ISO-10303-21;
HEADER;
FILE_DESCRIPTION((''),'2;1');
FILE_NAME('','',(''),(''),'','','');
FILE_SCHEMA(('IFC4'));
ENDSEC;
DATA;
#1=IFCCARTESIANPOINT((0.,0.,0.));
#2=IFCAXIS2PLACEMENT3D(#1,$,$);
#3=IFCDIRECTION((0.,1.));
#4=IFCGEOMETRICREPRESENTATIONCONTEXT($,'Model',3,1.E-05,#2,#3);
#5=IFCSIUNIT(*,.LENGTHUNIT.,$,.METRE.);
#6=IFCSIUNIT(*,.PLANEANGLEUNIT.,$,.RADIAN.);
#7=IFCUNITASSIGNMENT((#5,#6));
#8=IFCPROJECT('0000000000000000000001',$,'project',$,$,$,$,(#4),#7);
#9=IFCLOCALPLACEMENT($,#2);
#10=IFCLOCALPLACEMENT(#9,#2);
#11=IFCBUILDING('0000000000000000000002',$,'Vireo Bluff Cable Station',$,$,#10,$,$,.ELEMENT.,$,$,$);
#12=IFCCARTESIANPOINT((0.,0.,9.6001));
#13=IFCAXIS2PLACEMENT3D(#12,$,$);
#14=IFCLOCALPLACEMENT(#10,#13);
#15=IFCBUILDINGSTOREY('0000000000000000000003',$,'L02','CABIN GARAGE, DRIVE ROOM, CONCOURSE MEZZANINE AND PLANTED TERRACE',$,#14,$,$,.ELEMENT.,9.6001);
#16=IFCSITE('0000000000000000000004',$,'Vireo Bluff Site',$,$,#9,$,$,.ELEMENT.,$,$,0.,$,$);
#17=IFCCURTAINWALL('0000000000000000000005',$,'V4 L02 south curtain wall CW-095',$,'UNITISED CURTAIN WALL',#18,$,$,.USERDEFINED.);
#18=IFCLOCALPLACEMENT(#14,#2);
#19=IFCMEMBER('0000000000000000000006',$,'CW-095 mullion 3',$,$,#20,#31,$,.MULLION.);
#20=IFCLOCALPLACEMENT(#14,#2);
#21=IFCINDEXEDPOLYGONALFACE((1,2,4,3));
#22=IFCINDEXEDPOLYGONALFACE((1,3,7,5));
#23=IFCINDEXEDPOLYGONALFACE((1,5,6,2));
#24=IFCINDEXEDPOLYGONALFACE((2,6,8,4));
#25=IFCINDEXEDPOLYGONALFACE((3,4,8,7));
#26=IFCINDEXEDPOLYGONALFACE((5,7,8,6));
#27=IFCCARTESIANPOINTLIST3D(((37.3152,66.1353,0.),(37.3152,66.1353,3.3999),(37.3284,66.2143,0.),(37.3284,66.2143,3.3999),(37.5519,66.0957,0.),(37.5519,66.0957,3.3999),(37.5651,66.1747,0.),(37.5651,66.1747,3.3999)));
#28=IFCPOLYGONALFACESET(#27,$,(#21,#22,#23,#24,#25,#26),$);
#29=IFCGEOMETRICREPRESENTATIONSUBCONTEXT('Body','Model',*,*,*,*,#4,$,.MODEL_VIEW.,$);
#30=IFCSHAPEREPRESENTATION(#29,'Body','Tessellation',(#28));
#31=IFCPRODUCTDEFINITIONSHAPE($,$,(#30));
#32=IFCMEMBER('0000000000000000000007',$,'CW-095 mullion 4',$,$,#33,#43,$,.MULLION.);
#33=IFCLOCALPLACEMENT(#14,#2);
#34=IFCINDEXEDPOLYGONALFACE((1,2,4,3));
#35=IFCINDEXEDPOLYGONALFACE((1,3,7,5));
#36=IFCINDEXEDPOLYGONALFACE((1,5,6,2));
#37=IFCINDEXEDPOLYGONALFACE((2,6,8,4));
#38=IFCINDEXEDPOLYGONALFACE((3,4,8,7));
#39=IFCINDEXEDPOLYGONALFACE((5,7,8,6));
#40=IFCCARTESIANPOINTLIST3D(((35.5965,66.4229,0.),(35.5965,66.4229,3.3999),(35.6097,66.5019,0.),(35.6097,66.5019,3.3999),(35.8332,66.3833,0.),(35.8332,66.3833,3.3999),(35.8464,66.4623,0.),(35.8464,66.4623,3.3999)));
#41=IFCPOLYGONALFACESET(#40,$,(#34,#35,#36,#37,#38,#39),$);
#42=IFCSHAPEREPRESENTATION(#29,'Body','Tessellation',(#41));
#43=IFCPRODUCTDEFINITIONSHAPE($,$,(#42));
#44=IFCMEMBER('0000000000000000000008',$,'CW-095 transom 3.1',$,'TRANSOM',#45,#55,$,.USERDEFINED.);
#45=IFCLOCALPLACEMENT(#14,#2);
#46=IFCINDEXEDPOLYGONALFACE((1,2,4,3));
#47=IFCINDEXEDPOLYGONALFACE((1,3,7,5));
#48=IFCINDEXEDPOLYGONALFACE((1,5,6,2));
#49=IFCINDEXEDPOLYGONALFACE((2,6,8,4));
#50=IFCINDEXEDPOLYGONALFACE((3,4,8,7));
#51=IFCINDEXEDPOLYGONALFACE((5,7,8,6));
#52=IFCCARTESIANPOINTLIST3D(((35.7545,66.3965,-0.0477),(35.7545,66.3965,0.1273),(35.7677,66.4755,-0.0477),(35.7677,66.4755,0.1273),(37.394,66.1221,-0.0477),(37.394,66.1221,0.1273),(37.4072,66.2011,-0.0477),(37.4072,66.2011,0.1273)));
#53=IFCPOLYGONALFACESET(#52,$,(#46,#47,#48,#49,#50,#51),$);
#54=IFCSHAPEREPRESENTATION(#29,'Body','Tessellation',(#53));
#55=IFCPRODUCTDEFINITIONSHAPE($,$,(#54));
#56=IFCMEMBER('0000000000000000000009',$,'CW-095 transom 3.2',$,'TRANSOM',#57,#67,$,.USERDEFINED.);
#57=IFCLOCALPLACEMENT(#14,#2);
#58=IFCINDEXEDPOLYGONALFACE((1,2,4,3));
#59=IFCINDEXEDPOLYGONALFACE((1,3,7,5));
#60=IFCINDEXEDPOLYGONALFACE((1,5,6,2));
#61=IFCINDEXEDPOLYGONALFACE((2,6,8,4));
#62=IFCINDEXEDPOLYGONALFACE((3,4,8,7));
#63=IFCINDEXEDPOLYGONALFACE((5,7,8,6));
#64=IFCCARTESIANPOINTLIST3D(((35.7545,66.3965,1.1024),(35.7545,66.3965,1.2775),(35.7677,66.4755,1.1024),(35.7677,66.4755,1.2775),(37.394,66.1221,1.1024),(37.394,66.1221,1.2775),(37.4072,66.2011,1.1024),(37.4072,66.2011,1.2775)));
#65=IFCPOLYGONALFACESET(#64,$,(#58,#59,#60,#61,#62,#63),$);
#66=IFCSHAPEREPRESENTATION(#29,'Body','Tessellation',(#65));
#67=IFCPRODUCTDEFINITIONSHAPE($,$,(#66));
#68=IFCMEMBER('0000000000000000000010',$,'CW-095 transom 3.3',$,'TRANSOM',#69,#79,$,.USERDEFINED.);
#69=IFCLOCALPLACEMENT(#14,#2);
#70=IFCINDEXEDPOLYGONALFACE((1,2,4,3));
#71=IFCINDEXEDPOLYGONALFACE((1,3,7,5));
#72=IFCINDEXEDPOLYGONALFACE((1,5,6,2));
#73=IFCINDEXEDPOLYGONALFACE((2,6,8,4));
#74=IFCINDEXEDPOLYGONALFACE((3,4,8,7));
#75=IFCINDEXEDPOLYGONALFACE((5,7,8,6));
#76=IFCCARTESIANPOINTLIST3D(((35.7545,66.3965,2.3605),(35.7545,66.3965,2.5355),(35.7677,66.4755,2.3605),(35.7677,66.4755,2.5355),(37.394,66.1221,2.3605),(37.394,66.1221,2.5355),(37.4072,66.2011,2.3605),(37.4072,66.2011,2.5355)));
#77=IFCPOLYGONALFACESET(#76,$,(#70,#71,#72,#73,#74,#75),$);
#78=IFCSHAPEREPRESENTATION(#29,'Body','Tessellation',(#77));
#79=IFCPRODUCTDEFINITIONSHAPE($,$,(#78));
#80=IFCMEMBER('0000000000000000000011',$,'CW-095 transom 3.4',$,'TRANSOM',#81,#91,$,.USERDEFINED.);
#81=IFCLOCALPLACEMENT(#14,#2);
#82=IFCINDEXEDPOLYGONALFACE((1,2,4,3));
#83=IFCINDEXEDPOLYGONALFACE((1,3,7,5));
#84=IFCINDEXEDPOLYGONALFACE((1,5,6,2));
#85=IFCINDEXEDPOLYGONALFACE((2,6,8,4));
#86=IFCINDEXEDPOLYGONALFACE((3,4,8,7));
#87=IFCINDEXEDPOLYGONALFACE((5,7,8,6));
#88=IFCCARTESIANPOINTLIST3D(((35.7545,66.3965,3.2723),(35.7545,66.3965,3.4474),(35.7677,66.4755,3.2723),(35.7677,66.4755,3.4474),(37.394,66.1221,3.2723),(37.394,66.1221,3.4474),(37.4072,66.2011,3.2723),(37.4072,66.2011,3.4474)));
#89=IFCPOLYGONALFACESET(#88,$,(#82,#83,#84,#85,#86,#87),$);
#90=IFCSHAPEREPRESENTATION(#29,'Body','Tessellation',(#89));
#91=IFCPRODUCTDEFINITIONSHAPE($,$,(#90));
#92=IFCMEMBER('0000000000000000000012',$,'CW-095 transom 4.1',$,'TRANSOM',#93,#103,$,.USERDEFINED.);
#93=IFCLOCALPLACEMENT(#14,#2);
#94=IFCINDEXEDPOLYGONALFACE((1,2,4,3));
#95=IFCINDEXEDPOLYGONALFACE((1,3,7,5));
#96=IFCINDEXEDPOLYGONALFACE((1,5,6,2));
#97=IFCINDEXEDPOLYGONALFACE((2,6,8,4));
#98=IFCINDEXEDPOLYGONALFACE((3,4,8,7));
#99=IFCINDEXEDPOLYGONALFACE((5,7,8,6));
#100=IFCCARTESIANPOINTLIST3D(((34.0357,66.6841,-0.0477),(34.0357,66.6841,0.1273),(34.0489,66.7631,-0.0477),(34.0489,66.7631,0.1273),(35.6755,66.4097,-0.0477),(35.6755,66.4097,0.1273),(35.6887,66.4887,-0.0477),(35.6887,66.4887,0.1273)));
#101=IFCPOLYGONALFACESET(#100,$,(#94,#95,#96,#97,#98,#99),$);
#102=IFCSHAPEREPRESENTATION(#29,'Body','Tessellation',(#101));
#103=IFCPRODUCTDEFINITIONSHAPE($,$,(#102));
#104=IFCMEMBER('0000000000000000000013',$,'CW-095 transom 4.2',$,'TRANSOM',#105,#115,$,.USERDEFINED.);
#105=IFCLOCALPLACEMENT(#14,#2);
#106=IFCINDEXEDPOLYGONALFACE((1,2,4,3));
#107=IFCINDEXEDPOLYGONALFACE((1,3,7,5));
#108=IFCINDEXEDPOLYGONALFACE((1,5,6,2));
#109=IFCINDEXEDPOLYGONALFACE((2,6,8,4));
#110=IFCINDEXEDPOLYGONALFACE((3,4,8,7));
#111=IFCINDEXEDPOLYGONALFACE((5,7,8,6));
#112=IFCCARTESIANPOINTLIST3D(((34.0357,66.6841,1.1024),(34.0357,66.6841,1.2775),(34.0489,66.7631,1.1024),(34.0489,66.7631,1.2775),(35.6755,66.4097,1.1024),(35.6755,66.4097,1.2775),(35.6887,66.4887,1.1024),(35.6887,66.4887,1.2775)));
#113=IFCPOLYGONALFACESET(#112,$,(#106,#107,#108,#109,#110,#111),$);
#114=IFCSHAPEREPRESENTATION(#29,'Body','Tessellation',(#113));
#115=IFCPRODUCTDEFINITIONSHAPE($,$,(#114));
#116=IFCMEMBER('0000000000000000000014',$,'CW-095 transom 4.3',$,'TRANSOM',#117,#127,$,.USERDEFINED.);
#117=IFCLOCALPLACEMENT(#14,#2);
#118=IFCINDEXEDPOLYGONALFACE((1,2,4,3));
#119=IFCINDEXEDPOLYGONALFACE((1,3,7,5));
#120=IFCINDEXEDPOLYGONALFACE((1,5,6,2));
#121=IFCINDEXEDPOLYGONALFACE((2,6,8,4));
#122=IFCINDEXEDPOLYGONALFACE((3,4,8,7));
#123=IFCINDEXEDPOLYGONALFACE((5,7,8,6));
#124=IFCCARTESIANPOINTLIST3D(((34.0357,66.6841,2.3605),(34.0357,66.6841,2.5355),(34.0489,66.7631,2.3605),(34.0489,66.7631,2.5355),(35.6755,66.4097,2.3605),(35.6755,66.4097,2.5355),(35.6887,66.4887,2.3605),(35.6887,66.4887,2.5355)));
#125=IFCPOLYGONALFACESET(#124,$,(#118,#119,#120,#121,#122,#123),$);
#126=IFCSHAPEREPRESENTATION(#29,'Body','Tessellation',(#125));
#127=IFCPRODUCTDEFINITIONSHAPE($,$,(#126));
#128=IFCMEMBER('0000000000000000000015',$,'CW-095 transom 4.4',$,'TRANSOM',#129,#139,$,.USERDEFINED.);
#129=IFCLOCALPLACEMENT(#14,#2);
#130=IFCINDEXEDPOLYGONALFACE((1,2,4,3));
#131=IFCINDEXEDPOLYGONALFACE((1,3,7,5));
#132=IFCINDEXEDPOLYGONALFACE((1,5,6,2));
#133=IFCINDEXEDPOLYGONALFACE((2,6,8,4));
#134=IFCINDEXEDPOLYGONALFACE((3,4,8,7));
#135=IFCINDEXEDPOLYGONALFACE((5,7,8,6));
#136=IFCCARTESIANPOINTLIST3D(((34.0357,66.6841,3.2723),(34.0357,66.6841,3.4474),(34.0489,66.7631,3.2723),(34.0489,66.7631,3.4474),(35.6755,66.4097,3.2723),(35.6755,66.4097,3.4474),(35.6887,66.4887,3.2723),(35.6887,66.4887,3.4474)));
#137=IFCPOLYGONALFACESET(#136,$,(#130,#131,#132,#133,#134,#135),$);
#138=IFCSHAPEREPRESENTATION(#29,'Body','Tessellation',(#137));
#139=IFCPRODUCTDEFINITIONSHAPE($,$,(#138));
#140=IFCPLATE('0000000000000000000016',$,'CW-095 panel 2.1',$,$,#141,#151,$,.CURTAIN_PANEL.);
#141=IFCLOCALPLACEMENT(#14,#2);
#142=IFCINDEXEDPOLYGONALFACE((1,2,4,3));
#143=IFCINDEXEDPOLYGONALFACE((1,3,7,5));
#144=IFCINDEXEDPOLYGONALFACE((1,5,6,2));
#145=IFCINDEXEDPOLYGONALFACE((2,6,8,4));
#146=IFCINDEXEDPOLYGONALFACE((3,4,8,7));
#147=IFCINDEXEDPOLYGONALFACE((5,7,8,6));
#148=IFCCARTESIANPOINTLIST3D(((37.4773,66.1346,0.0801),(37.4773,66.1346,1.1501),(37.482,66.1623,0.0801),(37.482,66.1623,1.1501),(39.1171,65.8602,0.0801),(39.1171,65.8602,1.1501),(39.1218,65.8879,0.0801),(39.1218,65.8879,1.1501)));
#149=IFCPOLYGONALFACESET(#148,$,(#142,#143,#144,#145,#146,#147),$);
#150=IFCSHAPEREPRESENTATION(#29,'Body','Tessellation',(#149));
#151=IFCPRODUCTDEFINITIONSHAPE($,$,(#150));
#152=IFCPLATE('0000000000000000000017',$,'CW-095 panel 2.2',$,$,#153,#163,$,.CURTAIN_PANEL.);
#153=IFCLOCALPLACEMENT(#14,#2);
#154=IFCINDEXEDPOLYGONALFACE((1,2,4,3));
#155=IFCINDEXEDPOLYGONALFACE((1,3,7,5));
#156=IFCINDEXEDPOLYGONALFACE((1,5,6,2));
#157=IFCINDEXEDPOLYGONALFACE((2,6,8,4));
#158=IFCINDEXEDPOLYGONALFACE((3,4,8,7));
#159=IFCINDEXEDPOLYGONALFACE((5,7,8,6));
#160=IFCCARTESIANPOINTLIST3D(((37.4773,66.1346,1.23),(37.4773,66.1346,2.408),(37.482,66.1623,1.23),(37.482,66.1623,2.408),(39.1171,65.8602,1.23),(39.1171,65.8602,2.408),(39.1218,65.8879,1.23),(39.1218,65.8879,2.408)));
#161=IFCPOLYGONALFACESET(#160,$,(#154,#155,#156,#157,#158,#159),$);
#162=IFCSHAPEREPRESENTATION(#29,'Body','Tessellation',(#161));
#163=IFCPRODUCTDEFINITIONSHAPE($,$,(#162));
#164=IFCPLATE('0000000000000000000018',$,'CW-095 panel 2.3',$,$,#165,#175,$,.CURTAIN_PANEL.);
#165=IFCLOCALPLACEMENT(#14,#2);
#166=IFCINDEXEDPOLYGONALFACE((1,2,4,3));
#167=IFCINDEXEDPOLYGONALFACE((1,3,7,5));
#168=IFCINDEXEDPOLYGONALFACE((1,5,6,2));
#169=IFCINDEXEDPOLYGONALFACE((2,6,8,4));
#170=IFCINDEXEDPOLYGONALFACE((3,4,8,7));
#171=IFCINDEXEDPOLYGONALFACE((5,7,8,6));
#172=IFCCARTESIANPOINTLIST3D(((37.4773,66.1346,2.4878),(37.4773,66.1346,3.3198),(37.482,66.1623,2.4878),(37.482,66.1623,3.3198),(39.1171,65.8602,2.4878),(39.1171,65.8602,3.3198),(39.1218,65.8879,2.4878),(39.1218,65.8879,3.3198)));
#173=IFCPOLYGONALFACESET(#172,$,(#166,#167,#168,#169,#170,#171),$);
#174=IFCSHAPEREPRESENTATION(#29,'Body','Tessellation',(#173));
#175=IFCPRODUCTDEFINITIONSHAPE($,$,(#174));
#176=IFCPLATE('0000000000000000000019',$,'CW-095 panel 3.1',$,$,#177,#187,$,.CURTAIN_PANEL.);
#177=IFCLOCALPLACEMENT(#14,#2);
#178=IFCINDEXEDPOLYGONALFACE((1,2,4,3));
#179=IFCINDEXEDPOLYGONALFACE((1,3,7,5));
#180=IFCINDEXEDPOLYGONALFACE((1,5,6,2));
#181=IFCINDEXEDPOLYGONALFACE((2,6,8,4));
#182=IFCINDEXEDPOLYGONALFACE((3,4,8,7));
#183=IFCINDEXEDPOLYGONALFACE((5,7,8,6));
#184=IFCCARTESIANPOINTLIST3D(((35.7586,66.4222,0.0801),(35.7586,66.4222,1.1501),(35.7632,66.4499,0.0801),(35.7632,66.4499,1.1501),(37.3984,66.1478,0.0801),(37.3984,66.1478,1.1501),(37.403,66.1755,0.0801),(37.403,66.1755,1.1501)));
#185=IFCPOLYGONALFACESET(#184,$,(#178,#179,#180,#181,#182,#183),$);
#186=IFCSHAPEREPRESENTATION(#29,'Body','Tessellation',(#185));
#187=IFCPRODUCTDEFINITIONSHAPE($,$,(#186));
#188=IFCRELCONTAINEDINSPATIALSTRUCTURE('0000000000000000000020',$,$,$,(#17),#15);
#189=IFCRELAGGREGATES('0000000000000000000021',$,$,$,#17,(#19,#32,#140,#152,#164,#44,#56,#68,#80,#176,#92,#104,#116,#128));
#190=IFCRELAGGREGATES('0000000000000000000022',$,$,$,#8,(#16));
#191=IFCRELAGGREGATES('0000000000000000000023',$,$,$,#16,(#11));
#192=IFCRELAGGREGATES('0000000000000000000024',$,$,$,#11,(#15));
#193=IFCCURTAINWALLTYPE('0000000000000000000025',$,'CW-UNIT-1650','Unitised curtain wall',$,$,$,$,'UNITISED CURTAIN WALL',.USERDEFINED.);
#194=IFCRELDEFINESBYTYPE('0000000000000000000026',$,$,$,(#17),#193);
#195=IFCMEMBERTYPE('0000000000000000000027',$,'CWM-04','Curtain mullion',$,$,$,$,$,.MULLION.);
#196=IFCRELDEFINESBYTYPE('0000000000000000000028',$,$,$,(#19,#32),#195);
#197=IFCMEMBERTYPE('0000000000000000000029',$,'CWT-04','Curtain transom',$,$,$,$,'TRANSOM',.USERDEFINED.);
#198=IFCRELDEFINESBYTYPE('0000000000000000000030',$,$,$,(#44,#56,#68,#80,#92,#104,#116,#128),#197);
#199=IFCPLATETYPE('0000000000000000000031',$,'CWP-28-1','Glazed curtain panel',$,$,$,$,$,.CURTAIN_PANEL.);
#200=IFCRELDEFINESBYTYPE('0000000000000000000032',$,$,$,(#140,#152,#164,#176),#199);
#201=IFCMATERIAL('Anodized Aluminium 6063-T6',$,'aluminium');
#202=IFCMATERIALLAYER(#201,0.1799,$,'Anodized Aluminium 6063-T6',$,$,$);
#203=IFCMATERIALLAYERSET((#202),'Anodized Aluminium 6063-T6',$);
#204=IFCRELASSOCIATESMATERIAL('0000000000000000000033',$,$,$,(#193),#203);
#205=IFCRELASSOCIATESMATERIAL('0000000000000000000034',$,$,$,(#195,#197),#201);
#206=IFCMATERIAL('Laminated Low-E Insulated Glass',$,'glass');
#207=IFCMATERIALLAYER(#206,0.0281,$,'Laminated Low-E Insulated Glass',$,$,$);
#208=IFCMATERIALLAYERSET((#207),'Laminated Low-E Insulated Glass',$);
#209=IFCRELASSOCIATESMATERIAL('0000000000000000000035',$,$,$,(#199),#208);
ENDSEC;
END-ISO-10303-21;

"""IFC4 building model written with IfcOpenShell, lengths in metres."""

from ifc_helpers import new_model, si_unit, direction, frame, origin, origin_2d, place, context, subcontext, project, spatial, rectangle, extrude, material, layer, layer_set, material_profile, profile_set, type_object, element, aggregate, save


model = new_model("IFC4")

# Units and contexts
model_context = context("Model", 3, precision=1e-05, world=origin(), true_north=direction((0.0, 1.0)))
body_context = subcontext(model_context, "Body", "Model", "MODEL_VIEW")
ifc_project = project(units=[si_unit("LENGTHUNIT", "METRE"), si_unit("PLANEANGLEUNIT", "RADIAN")], contexts=[model_context])

# Site, building, storey
site_placement = place(None, origin())
site = spatial("IfcSite", under=ifc_project, at=site_placement, Name="Vireo Bluff Site", CompositionType="ELEMENT", RefElevation=0.0)
building_placement = place(site_placement, origin())
building = spatial("IfcBuilding", under=site, at=building_placement, Name="Vireo Bluff Cable Station", CompositionType="ELEMENT")
storey_placement = place(building_placement, frame((0.0, 0.0, 9.6001)))
storey = spatial("IfcBuildingStorey", under=building, at=storey_placement, Name="L02", Description="CABIN GARAGE, DRIVE ROOM, CONCOURSE MEZZANINE AND PLANTED TERRACE", CompositionType="ELEMENT", Elevation=9.6001)

# Curtain wall, members, plates
ifc_material_1 = material(Name="Anodized Aluminium 6063-T6", Category="aluminium")
ifc_layer_1 = layer(ifc_material_1, 0.1799, Name="Anodized Aluminium 6063-T6")
ifc_layer_set_1 = layer_set([ifc_layer_1], Name="Anodized Aluminium 6063-T6")
curtain_wall_type = type_object("IfcCurtainWallType", Name="CW-UNIT-1650", Description="Unitised curtain wall", ElementType="UNITISED CURTAIN WALL", PredefinedType="USERDEFINED", material=ifc_layer_set_1)
curtain_wall_placement = place(storey_placement, origin())
curtain_wall = element("IfcCurtainWall", 1, at=curtain_wall_placement, inside=storey, type_object=curtain_wall_type, Name="V4 L02 south curtain wall CW-095", ObjectType="UNITISED CURTAIN WALL", PredefinedType="USERDEFINED")
ifc_material_profile_1 = material_profile(ifc_material_1, rectangle(XDim=0.0801, YDim=0.24, at=origin_2d()), Name="ALU-M-80X240")
ifc_profile_set_1 = profile_set([ifc_material_profile_1], Name="Anodized Aluminium 6063-T6")
member_type_1 = type_object("IfcMemberType", Name="CWM-04", Description="Curtain mullion", PredefinedType="MULLION", material=ifc_profile_set_1)
member_1_placement = place(storey_placement, frame((37.4402, 66.155, 0.0), z_axis=(0.0, 0.0, 1.0), x_axis=(-0.165048, -0.986286, 0.0)))
member_1 = element("IfcMember", 2, at=member_1_placement, type_object=member_type_1, Name="CW-095 mullion 3", PredefinedType="MULLION", context=body_context, shape_type="SweptSolid", body=[
    extrude(rectangle(XDim=0.0801, YDim=0.24, at=origin_2d()), origin(), (0.0, 0.0, 1.0), 3.3999),
])
member_2_placement = place(storey_placement, frame((35.7214, 66.4426, 0.0), z_axis=(0.0, 0.0, 1.0), x_axis=(-0.165048, -0.986286, 0.0)))
member_2 = element("IfcMember", 3, at=member_2_placement, type_object=member_type_1, Name="CW-095 mullion 4", PredefinedType="MULLION", context=body_context, shape_type="SweptSolid", body=[
    extrude(rectangle(XDim=0.0801, YDim=0.24, at=origin_2d()), origin(), (0.0, 0.0, 1.0), 3.3999),
])
ifc_material_profile_2 = material_profile(ifc_material_1, rectangle(XDim=0.0801, YDim=0.175, at=origin_2d()), Name="ALU-T-80X175")
ifc_profile_set_2 = profile_set([ifc_material_profile_2], Name="Anodized Aluminium 6063-T6")
member_type_2 = type_object("IfcMemberType", Name="CWT-04", Description="Curtain transom", ElementType="TRANSOM", PredefinedType="USERDEFINED", material=ifc_profile_set_2)
member_3_placement = place(storey_placement, frame((37.4006, 66.1616, 0.0398), z_axis=(-0.986283, 0.165066, 0.0), x_axis=(-0.165066, -0.986283, 0.0)))
member_3 = element("IfcMember", 4, at=member_3_placement, type_object=member_type_2, Name="CW-095 transom 3.1", ObjectType="TRANSOM", PredefinedType="USERDEFINED", context=body_context, shape_type="SweptSolid", body=[
    extrude(rectangle(XDim=0.0801, YDim=0.175, at=origin_2d()), origin(), (0.0, 0.0, 1.0), 1.6624),
])
member_4_placement = place(storey_placement, frame((37.4006, 66.1616, 1.1899), z_axis=(-0.986283, 0.165066, 0.0), x_axis=(-0.165066, -0.986283, 0.0)))
member_4 = element("IfcMember", 5, at=member_4_placement, type_object=member_type_2, Name="CW-095 transom 3.2", ObjectType="TRANSOM", PredefinedType="USERDEFINED", context=body_context, shape_type="SweptSolid", body=[
    extrude(rectangle(XDim=0.0801, YDim=0.175, at=origin_2d()), origin(), (0.0, 0.0, 1.0), 1.6624),
])
member_5_placement = place(storey_placement, frame((37.4006, 66.1616, 2.448), z_axis=(-0.986283, 0.165066, 0.0), x_axis=(-0.165066, -0.986283, 0.0)))
member_5 = element("IfcMember", 6, at=member_5_placement, type_object=member_type_2, Name="CW-095 transom 3.3", ObjectType="TRANSOM", PredefinedType="USERDEFINED", context=body_context, shape_type="SweptSolid", body=[
    extrude(rectangle(XDim=0.0801, YDim=0.175, at=origin_2d()), origin(), (0.0, 0.0, 1.0), 1.6624),
])
member_6_placement = place(storey_placement, frame((37.4006, 66.1616, 3.3599), z_axis=(-0.986283, 0.165066, 0.0), x_axis=(-0.165066, -0.986283, 0.0)))
member_6 = element("IfcMember", 7, at=member_6_placement, type_object=member_type_2, Name="CW-095 transom 3.4", ObjectType="TRANSOM", PredefinedType="USERDEFINED", context=body_context, shape_type="SweptSolid", body=[
    extrude(rectangle(XDim=0.0801, YDim=0.175, at=origin_2d()), origin(), (0.0, 0.0, 1.0), 1.6624),
])
member_7_placement = place(storey_placement, frame((35.6821, 66.4492, 0.0398), z_axis=(-0.986287, 0.165042, 0.0), x_axis=(-0.165042, -0.986287, 0.0)))
member_7 = element("IfcMember", 8, at=member_7_placement, type_object=member_type_2, Name="CW-095 transom 4.1", ObjectType="TRANSOM", PredefinedType="USERDEFINED", context=body_context, shape_type="SweptSolid", body=[
    extrude(rectangle(XDim=0.0801, YDim=0.175, at=origin_2d()), origin(), (0.0, 0.0, 1.0), 1.6626),
])
member_8_placement = place(storey_placement, frame((35.6821, 66.4492, 1.1899), z_axis=(-0.986287, 0.165042, 0.0), x_axis=(-0.165042, -0.986287, 0.0)))
member_8 = element("IfcMember", 9, at=member_8_placement, type_object=member_type_2, Name="CW-095 transom 4.2", ObjectType="TRANSOM", PredefinedType="USERDEFINED", context=body_context, shape_type="SweptSolid", body=[
    extrude(rectangle(XDim=0.0801, YDim=0.175, at=origin_2d()), origin(), (0.0, 0.0, 1.0), 1.6626),
])
member_9_placement = place(storey_placement, frame((35.6821, 66.4492, 2.448), z_axis=(-0.986287, 0.165042, 0.0), x_axis=(-0.165042, -0.986287, 0.0)))
member_9 = element("IfcMember", 10, at=member_9_placement, type_object=member_type_2, Name="CW-095 transom 4.3", ObjectType="TRANSOM", PredefinedType="USERDEFINED", context=body_context, shape_type="SweptSolid", body=[
    extrude(rectangle(XDim=0.0801, YDim=0.175, at=origin_2d()), origin(), (0.0, 0.0, 1.0), 1.6626),
])
member_10_placement = place(storey_placement, frame((35.6821, 66.4492, 3.3599), z_axis=(-0.986287, 0.165042, 0.0), x_axis=(-0.165042, -0.986287, 0.0)))
member_10 = element("IfcMember", 11, at=member_10_placement, type_object=member_type_2, Name="CW-095 transom 4.4", ObjectType="TRANSOM", PredefinedType="USERDEFINED", context=body_context, shape_type="SweptSolid", body=[
    extrude(rectangle(XDim=0.0801, YDim=0.175, at=origin_2d()), origin(), (0.0, 0.0, 1.0), 1.6626),
])
ifc_material_2 = material(Name="Laminated Low-E Insulated Glass", Category="glass")
ifc_layer_2 = layer(ifc_material_2, 0.0281, Name="Laminated Low-E Insulated Glass")
ifc_layer_set_2 = layer_set([ifc_layer_2], Name="Laminated Low-E Insulated Glass")
plate_type = type_object("IfcPlateType", Name="CWP-28-1", Description="Glazed curtain panel", PredefinedType="CURTAIN_PANEL", material=ifc_layer_set_2)
plate_1_placement = place(storey_placement, frame((38.2996, 66.0112, 0.0801), z_axis=(0.0, 0.0, 1.0), x_axis=(-0.986286, 0.165048, 0.0)))
plate_1 = element("IfcPlate", 12, at=plate_1_placement, type_object=plate_type, Name="CW-095 panel 2.1", PredefinedType="CURTAIN_PANEL", context=body_context, shape_type="SweptSolid", body=[
    extrude(rectangle(XDim=1.6626, YDim=0.0281, at=origin_2d()), origin(), (0.0, 0.0, 1.0), 1.0701),
])
plate_2_placement = place(storey_placement, frame((38.2996, 66.0112, 1.23), z_axis=(0.0, 0.0, 1.0), x_axis=(-0.986286, 0.165048, 0.0)))
plate_2 = element("IfcPlate", 13, at=plate_2_placement, type_object=plate_type, Name="CW-095 panel 2.2", PredefinedType="CURTAIN_PANEL", context=body_context, shape_type="SweptSolid", body=[
    extrude(rectangle(XDim=1.6626, YDim=0.0281, at=origin_2d()), origin(), (0.0, 0.0, 1.0), 1.178),
])
plate_3_placement = place(storey_placement, frame((38.2996, 66.0112, 2.4878), z_axis=(0.0, 0.0, 1.0), x_axis=(-0.986286, 0.165048, 0.0)))
plate_3 = element("IfcPlate", 14, at=plate_3_placement, type_object=plate_type, Name="CW-095 panel 2.3", PredefinedType="CURTAIN_PANEL", context=body_context, shape_type="SweptSolid", body=[
    extrude(rectangle(XDim=1.6626, YDim=0.0281, at=origin_2d()), origin(), (0.0, 0.0, 1.0), 0.832),
])
plate_4_placement = place(storey_placement, frame((36.5808, 66.2988, 0.0801), z_axis=(0.0, 0.0, 1.0), x_axis=(-0.986286, 0.165048, 0.0)))
plate_4 = element("IfcPlate", 15, at=plate_4_placement, type_object=plate_type, Name="CW-095 panel 3.1", PredefinedType="CURTAIN_PANEL", context=body_context, shape_type="SweptSolid", body=[
    extrude(rectangle(XDim=1.6626, YDim=0.0281, at=origin_2d()), origin(), (0.0, 0.0, 1.0), 1.0701),
])
aggregate(curtain_wall, [member_1, member_2, plate_1, plate_2, plate_3, member_3, member_4, member_5, member_6, plate_4, member_7, member_8, member_9, member_10])

save(model, "model.ifc")
